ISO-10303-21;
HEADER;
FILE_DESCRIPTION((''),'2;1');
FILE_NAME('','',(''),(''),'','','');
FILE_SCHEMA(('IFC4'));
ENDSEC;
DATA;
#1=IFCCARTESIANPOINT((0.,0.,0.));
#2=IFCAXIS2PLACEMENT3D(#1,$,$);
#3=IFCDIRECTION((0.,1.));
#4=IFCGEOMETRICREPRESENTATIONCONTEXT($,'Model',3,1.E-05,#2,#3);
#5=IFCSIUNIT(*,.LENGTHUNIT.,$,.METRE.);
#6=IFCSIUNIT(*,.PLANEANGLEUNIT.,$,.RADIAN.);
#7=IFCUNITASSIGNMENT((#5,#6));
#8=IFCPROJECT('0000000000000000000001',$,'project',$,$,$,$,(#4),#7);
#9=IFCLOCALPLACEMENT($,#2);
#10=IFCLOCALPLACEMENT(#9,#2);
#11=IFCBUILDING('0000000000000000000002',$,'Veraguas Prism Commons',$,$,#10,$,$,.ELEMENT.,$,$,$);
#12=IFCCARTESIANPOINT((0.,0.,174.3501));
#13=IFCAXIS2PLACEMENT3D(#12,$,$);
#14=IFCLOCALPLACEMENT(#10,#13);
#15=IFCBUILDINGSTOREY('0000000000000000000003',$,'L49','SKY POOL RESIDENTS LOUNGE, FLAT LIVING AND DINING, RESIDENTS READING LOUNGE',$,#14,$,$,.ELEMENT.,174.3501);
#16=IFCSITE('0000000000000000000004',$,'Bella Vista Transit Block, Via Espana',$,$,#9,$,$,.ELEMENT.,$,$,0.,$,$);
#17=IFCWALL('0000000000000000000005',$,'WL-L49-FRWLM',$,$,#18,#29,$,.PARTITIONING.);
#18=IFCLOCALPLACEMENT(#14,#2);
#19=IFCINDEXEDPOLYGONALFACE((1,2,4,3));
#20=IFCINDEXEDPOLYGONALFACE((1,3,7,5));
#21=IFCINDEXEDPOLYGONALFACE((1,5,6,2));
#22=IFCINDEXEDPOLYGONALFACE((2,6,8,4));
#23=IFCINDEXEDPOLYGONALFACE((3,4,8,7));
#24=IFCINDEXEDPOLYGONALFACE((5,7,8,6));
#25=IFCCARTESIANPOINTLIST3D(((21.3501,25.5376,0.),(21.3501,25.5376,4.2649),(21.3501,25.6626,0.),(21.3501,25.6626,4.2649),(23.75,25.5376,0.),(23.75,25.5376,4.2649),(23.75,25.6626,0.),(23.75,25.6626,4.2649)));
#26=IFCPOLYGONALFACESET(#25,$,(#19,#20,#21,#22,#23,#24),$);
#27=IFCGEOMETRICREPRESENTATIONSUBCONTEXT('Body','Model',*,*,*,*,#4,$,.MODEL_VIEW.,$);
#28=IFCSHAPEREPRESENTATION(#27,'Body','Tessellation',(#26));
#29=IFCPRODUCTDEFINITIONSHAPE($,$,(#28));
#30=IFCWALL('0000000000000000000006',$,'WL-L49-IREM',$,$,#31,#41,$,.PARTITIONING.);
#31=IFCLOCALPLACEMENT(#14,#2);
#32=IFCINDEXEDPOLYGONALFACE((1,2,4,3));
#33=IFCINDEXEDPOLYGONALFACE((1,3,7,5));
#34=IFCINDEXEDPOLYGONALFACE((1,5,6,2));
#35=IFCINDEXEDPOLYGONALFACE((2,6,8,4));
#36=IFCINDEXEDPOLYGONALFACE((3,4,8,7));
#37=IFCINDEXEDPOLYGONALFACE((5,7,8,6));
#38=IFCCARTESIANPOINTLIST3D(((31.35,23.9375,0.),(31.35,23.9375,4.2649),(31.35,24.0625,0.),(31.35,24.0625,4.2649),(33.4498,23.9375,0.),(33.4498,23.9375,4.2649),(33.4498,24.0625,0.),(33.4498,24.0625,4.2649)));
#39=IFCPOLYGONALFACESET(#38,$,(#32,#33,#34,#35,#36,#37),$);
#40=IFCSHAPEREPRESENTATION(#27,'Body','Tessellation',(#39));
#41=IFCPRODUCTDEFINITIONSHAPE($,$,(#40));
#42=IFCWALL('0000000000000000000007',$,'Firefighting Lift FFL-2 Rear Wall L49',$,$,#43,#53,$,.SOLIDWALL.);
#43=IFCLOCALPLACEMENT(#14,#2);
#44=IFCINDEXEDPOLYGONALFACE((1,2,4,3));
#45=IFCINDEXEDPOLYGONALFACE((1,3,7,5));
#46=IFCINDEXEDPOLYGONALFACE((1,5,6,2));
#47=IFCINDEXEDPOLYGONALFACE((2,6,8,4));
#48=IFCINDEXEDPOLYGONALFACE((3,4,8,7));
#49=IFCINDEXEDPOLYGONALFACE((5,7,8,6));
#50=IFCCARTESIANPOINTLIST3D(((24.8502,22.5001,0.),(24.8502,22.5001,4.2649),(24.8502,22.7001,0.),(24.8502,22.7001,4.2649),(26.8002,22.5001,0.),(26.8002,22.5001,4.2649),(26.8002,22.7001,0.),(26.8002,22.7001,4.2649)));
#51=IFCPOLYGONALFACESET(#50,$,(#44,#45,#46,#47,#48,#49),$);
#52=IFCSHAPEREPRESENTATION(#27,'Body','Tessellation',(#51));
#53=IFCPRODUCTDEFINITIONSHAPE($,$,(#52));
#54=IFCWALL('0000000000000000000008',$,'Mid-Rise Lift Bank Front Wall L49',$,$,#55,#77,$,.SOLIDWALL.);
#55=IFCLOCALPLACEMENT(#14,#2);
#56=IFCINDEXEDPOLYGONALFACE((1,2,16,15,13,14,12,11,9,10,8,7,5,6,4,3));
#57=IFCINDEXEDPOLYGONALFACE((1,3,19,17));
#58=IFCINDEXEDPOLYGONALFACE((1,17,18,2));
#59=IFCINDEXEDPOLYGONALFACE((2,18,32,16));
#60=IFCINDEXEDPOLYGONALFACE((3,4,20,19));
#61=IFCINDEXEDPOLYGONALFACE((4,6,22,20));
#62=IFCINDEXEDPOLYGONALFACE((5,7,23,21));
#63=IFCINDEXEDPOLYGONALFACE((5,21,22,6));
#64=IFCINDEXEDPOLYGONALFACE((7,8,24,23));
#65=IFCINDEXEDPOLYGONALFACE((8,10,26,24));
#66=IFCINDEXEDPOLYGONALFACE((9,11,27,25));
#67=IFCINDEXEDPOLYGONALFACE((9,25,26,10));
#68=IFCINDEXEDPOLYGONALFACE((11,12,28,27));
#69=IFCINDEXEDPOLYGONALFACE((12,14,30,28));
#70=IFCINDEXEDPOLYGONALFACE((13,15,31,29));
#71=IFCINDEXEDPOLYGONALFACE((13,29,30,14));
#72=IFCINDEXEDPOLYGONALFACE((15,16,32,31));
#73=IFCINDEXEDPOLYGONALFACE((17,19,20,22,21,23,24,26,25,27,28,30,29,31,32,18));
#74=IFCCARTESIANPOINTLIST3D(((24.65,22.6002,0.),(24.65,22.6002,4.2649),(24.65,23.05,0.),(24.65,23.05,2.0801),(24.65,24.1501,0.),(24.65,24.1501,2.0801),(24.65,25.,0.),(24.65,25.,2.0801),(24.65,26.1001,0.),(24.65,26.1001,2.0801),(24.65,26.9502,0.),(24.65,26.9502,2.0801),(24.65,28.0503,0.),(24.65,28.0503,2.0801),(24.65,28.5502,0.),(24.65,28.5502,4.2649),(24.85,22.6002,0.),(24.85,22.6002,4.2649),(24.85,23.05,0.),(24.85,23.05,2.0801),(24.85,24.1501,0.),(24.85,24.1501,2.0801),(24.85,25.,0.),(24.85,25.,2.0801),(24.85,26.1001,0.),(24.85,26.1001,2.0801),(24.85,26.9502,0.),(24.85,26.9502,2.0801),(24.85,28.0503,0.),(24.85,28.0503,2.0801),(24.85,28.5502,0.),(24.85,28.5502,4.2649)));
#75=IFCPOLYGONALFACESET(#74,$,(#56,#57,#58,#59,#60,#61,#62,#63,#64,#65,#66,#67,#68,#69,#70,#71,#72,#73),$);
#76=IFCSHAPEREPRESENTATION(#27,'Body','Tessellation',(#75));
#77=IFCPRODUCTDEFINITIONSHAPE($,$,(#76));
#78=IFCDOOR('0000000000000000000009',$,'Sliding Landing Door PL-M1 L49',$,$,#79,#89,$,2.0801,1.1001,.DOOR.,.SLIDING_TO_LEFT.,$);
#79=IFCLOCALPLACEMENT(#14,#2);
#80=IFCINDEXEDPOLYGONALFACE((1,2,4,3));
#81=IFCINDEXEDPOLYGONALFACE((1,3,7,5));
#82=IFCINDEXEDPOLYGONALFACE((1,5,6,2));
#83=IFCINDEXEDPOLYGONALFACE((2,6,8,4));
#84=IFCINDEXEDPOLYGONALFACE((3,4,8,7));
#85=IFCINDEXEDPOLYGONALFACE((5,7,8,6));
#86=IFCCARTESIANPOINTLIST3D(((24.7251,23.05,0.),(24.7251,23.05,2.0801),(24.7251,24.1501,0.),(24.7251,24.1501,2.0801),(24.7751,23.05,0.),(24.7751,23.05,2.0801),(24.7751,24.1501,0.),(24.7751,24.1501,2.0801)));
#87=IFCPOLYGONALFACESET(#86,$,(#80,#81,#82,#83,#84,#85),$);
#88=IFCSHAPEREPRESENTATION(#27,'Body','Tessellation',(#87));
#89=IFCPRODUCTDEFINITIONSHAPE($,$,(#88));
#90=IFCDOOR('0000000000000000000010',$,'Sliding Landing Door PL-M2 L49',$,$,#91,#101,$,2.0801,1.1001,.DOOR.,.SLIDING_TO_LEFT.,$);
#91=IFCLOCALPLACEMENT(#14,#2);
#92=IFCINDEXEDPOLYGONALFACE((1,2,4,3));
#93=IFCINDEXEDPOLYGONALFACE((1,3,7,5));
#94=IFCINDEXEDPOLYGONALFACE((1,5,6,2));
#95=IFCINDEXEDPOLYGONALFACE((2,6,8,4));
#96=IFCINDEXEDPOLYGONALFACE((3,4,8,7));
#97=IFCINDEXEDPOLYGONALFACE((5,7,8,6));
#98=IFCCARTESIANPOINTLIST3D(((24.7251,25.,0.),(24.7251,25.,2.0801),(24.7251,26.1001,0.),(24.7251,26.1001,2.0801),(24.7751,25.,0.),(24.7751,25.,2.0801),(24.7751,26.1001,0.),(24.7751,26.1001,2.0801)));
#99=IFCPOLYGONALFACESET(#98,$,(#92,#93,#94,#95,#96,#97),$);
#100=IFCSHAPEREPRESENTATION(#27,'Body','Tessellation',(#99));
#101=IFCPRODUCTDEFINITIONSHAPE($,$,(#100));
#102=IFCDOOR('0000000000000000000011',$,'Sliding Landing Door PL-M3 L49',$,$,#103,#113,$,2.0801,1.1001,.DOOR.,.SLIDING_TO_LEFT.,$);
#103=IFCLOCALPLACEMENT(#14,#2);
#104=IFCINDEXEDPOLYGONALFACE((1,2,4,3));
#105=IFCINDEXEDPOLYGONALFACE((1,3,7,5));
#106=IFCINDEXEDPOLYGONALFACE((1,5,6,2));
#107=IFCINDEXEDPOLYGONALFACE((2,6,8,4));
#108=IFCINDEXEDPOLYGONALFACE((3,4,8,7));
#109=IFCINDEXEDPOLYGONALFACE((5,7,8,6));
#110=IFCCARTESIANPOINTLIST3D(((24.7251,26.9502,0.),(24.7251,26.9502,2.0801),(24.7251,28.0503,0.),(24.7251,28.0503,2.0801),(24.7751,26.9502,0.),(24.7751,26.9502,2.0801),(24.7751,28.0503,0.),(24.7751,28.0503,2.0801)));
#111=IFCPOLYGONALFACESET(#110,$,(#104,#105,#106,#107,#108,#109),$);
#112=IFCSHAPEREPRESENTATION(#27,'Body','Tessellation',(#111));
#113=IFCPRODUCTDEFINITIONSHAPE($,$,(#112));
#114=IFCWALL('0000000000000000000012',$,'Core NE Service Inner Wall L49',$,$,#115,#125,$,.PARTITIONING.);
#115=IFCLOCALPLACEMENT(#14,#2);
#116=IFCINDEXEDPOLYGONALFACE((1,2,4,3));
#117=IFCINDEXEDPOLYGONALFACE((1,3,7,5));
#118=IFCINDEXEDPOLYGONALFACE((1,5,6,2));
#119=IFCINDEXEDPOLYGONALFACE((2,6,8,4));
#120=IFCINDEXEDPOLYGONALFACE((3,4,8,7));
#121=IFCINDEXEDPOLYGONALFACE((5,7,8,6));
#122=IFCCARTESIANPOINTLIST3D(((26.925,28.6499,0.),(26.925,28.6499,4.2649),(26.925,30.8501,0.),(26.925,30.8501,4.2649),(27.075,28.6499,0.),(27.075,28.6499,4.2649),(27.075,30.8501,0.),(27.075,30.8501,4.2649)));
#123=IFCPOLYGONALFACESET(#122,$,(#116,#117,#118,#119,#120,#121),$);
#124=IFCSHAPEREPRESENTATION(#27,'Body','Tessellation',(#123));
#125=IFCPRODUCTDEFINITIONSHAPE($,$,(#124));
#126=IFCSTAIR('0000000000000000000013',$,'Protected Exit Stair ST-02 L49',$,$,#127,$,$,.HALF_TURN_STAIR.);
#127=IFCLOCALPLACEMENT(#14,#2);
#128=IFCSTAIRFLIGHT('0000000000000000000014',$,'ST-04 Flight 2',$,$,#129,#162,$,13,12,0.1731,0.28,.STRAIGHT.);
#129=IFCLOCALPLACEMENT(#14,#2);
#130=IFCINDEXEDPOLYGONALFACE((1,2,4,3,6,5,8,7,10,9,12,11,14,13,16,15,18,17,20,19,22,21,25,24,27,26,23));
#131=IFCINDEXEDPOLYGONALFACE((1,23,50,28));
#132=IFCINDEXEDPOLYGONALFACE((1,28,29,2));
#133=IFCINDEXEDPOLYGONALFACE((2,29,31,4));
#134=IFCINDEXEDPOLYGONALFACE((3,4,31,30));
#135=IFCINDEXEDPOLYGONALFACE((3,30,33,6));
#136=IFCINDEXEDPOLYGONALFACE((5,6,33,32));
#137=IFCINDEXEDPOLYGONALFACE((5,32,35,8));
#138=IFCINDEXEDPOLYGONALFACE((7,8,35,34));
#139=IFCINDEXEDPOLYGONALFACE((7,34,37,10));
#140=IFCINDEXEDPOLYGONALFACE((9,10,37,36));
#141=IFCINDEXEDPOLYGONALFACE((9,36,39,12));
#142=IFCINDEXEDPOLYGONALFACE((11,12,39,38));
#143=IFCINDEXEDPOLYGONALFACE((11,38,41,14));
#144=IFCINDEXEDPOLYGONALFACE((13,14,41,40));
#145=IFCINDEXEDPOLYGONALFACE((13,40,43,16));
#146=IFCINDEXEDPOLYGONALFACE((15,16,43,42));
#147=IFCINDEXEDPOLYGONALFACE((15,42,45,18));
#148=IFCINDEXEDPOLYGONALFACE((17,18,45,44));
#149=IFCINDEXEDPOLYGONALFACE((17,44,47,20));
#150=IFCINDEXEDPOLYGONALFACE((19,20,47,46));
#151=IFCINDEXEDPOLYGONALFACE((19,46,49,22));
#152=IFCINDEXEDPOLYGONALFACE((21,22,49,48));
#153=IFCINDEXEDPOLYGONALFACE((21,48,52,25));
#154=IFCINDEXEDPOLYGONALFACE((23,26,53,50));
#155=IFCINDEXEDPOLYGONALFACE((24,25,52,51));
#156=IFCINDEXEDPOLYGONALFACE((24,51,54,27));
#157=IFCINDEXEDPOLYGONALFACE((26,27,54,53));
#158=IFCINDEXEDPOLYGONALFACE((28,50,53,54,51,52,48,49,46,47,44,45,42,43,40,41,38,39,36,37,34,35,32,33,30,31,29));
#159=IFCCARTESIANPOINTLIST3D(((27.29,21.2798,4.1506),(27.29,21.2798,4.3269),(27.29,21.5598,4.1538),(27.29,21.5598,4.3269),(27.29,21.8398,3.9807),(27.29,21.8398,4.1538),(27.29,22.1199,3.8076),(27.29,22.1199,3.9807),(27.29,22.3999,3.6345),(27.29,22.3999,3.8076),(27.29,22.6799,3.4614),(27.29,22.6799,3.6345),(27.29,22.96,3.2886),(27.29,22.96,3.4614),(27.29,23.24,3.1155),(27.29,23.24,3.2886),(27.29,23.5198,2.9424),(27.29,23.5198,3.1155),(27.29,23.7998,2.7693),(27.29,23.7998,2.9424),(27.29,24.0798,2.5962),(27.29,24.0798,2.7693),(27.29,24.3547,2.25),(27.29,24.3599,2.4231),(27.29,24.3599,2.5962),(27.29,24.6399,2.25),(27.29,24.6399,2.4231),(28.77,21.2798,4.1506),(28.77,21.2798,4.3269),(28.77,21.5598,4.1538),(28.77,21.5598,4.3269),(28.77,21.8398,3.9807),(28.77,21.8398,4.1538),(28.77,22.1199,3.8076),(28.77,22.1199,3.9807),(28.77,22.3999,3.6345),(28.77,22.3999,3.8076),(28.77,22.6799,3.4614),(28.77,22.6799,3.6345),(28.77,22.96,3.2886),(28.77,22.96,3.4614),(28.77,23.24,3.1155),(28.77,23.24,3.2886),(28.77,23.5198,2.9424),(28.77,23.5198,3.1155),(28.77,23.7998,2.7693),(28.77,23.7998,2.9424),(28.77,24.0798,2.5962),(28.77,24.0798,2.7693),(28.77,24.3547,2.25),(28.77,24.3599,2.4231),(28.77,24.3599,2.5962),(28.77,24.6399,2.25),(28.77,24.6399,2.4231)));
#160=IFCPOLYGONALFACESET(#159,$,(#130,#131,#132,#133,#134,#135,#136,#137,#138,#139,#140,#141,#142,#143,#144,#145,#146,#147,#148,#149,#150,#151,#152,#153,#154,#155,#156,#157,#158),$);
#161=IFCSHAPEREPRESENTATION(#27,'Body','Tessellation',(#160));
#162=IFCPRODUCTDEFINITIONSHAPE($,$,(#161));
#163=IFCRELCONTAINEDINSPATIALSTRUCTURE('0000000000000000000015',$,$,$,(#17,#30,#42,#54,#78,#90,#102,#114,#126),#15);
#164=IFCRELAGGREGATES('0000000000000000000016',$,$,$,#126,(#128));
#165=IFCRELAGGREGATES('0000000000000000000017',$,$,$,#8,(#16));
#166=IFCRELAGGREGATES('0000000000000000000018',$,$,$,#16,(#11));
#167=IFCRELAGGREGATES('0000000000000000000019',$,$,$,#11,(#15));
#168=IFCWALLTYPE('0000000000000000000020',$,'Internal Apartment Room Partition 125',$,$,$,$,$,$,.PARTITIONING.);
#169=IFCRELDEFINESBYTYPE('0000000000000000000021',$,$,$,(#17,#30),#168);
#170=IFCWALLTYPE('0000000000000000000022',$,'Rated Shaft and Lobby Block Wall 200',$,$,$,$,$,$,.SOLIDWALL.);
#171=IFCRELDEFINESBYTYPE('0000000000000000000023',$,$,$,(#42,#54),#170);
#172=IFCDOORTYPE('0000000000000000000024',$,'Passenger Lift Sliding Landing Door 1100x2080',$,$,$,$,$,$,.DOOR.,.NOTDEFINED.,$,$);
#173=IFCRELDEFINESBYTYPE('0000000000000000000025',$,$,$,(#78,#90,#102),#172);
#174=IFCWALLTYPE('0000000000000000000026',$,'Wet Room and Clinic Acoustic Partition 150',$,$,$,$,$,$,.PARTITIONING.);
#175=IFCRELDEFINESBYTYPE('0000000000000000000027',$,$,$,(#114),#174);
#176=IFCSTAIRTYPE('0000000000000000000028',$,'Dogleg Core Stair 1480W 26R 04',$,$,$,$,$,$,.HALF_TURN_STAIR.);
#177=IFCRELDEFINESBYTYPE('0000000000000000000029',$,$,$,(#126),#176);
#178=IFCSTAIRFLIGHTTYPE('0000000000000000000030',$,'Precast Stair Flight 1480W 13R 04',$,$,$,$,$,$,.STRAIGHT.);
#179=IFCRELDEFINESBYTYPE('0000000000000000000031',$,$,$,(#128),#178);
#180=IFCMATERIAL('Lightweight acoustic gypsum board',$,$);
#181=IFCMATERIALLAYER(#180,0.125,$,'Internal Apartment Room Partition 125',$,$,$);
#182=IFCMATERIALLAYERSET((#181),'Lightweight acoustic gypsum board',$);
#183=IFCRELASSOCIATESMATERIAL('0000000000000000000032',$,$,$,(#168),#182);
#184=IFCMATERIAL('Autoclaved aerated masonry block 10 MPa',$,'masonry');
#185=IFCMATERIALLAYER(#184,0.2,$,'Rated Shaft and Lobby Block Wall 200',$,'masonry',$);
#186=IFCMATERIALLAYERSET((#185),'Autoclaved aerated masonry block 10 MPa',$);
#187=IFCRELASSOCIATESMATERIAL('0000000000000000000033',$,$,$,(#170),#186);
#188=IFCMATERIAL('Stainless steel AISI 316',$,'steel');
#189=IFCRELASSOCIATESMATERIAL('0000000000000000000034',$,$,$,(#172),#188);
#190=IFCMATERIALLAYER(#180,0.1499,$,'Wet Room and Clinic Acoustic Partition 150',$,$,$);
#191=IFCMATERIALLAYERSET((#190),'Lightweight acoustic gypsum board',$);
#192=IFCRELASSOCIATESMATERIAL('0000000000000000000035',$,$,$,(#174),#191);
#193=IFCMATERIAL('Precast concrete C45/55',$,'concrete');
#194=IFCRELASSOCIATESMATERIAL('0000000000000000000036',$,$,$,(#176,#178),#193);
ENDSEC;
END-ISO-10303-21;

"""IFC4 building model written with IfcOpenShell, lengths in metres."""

from ifc_helpers import new_model, si_unit, direction, frame, frame_2d, origin, place, context, subcontext, project, spatial, polyline, rectangle, outline, extrude, source, transform, mapped, material, layer, layer_set, type_object, element, fill, aggregate, save


model = new_model("IFC4")

# Units and contexts
model_context = context("Model", 3, precision=1e-05, world=origin(), true_north=direction((0.0, 1.0)))
body_context = subcontext(model_context, "Body", "Model", "MODEL_VIEW")
ifc_project = project(units=[si_unit("LENGTHUNIT", "METRE"), si_unit("PLANEANGLEUNIT", "RADIAN")], contexts=[model_context])

# Site, building, storey
site_placement = place(None, origin())
site = spatial("IfcSite", under=ifc_project, at=site_placement, Name="Bella Vista Transit Block, Via Espana", CompositionType="ELEMENT", RefElevation=0.0)
building_placement = place(site_placement, origin())
building = spatial("IfcBuilding", under=site, at=building_placement, Name="Veraguas Prism Commons", CompositionType="ELEMENT")
storey_placement = place(building_placement, frame((0.0, 0.0, 174.3501)))
storey = spatial("IfcBuildingStorey", under=building, at=storey_placement, Name="L49", Description="SKY POOL RESIDENTS LOUNGE, FLAT LIVING AND DINING, RESIDENTS READING LOUNGE", CompositionType="ELEMENT", Elevation=174.3501)

# Shared definitions
ifc_material_1 = material(Name="Autoclaved aerated masonry block 10 MPa", Category="masonry")

# Walls
ifc_material_2 = material(Name="Lightweight acoustic gypsum board")
ifc_layer_1 = layer(ifc_material_2, 0.125, Name="Internal Apartment Room Partition 125")
ifc_layer_set_1 = layer_set([ifc_layer_1], Name="Lightweight acoustic gypsum board")
wall_type_1 = type_object("IfcWallType", Name="Internal Apartment Room Partition 125", PredefinedType="PARTITIONING", material=ifc_layer_set_1)
wall_1_placement = place(storey_placement, frame((21.3501, 25.6001, 0.0), z_axis=(0.0, 0.0, 1.0), x_axis=(1.0, 0.0, 0.0)))
element("IfcWall", 1, at=wall_1_placement, inside=storey, type_object=wall_type_1, Name="WL-L49-FRWLM", PredefinedType="PARTITIONING", context=body_context, shape_type="SweptSolid", body=[
    extrude(rectangle(XDim=2.3999, YDim=0.125, at=frame_2d((1.2, 0.0))), origin(), (0.0, 0.0, 1.0), 4.2649),
])
wall_2_placement = place(storey_placement, frame((31.3501, 24.0, 0.0), z_axis=(0.0, 0.0, 1.0), x_axis=(1.0, 0.0, 0.0)))
element("IfcWall", 2, at=wall_2_placement, inside=storey, type_object=wall_type_1, Name="WL-L49-IREM", PredefinedType="PARTITIONING", context=body_context, shape_type="SweptSolid", body=[
    extrude(rectangle(XDim=2.0999, YDim=0.125, at=frame_2d((1.0498, 0.0))), origin(), (0.0, 0.0, 1.0), 4.2649),
])
ifc_layer_2 = layer(ifc_material_1, 0.2, Name="Rated Shaft and Lobby Block Wall 200", Category="masonry")
ifc_layer_set_2 = layer_set([ifc_layer_2], Name="Autoclaved aerated masonry block 10 MPa")
wall_type_2 = type_object("IfcWallType", Name="Rated Shaft and Lobby Block Wall 200", PredefinedType="SOLIDWALL", material=ifc_layer_set_2)
wall_3_placement = place(storey_placement, frame((24.8501, 22.6001, 0.0), z_axis=(0.0, 0.0, 1.0), x_axis=(1.0, 0.0, 0.0)))
element("IfcWall", 3, at=wall_3_placement, inside=storey, type_object=wall_type_2, Name="Firefighting Lift FFL-2 Rear Wall L49", PredefinedType="SOLIDWALL", context=body_context, shape_type="SweptSolid", body=[
    extrude(rectangle(XDim=1.95, YDim=0.2, at=frame_2d((0.9751, 0.0))), origin(), (0.0, 0.0, 1.0), 4.2649),
])

# Wall, openings, doors
wall_4_placement = place(storey_placement, frame((24.75, 22.6001, 0.0), z_axis=(0.0, 0.0, 1.0), x_axis=(0.0, 1.0, 0.0)))
wall_4 = element("IfcWall", 4, at=wall_4_placement, inside=storey, type_object=wall_type_2, Name="Mid-Rise Lift Bank Front Wall L49", PredefinedType="SOLIDWALL", context=body_context, shape_type="SweptSolid", body=[
    extrude(rectangle(XDim=5.95, YDim=0.2, at=frame_2d((2.9751, 0.0))), origin(), (0.0, 0.0, 1.0), 4.2649),
])
opening_1_placement = place(wall_4_placement, frame((0.45, 0.0, 0.0)))
opening_1 = element("IfcOpeningElement", 5, at=opening_1_placement, cuts=wall_4, PredefinedType="OPENING", context=body_context, shape_type="SweptSolid", body=[
    extrude(rectangle(XDim=1.1001, YDim=2.0801, at=frame_2d((0.55, 1.04))), frame((0.0, 0.1099, 0.0), z_axis=(0.0, -1.0, 0.0), x_axis=(1.0, 0.0, 0.0)), (0.0, 0.0, 1.0), 0.22),
])
opening_2_placement = place(wall_4_placement, frame((2.3999, 0.0, 0.0)))
opening_2 = element("IfcOpeningElement", 6, at=opening_2_placement, cuts=wall_4, PredefinedType="OPENING", context=body_context, shape_type="SweptSolid", body=[
    extrude(rectangle(XDim=1.1001, YDim=2.0801, at=frame_2d((0.55, 1.04))), frame((0.0, 0.1099, 0.0), z_axis=(0.0, -1.0, 0.0), x_axis=(1.0, 0.0, 0.0)), (0.0, 0.0, 1.0), 0.22),
])
opening_3_placement = place(wall_4_placement, frame((4.3501, 0.0, 0.0)))
opening_3 = element("IfcOpeningElement", 7, at=opening_3_placement, cuts=wall_4, PredefinedType="OPENING", context=body_context, shape_type="SweptSolid", body=[
    extrude(rectangle(XDim=1.1001, YDim=2.0801, at=frame_2d((0.55, 1.04))), frame((0.0, 0.1099, 0.0), z_axis=(0.0, -1.0, 0.0), x_axis=(1.0, 0.0, 0.0)), (0.0, 0.0, 1.0), 0.22),
])
ifc_material_3 = material(Name="Stainless steel AISI 316", Category="steel")
door_type_1 = type_object("IfcDoorType", Name="Passenger Lift Sliding Landing Door 1100x2080", OperationType="NOTDEFINED", PredefinedType="DOOR", material=ifc_material_3)
shared_shape_1 = source(origin(), body_context, "Body", "SweptSolid", [
    extrude(rectangle(XDim=1.1001, YDim=2.0801, at=frame_2d((0.55, 1.04))), frame((0.0, 0.0249, 0.0), z_axis=(0.0, -1.0, 0.0), x_axis=(1.0, 0.0, 0.0)), (0.0, 0.0, 1.0), 0.05),
])
door_1_placement = place(opening_1_placement, origin())
door_1 = element("IfcDoor", 8, at=door_1_placement, inside=storey, type_object=door_type_1, Name="Sliding Landing Door PL-M1 L49", OperationType="SLIDING_TO_LEFT", OverallHeight=2.0801, OverallWidth=1.1001, PredefinedType="DOOR", context=body_context, shape_type="MappedRepresentation", body=[
    mapped(shared_shape_1, transform((0.0, 0.0, 0.0), scale=1.0)),
])
fill(opening_1, door_1)
door_2_placement = place(opening_2_placement, origin())
door_2 = element("IfcDoor", 9, at=door_2_placement, inside=storey, type_object=door_type_1, Name="Sliding Landing Door PL-M2 L49", OperationType="SLIDING_TO_LEFT", OverallHeight=2.0801, OverallWidth=1.1001, PredefinedType="DOOR", context=body_context, shape_type="MappedRepresentation", body=[
    mapped(shared_shape_1, transform((0.0, 0.0, 0.0), scale=1.0)),
])
fill(opening_2, door_2)
door_3_placement = place(opening_3_placement, origin())
door_3 = element("IfcDoor", 10, at=door_3_placement, inside=storey, type_object=door_type_1, Name="Sliding Landing Door PL-M3 L49", OperationType="SLIDING_TO_LEFT", OverallHeight=2.0801, OverallWidth=1.1001, PredefinedType="DOOR", context=body_context, shape_type="MappedRepresentation", body=[
    mapped(shared_shape_1, transform((0.0, 0.0, 0.0), scale=1.0)),
])
fill(opening_3, door_3)

# Wall
ifc_layer_3 = layer(ifc_material_2, 0.1499, Name="Wet Room and Clinic Acoustic Partition 150")
ifc_layer_set_3 = layer_set([ifc_layer_3], Name="Lightweight acoustic gypsum board")
wall_type_3 = type_object("IfcWallType", Name="Wet Room and Clinic Acoustic Partition 150", PredefinedType="PARTITIONING", material=ifc_layer_set_3)
wall_5_placement = place(storey_placement, frame((27.0, 28.6499, 0.0), z_axis=(0.0, 0.0, 1.0), x_axis=(0.0, 1.0, 0.0)))
element("IfcWall", 11, at=wall_5_placement, inside=storey, type_object=wall_type_3, Name="Core NE Service Inner Wall L49", PredefinedType="PARTITIONING", context=body_context, shape_type="SweptSolid", body=[
    extrude(rectangle(XDim=2.2002, YDim=0.1499, at=frame_2d((1.1001, 0.0))), origin(), (0.0, 0.0, 1.0), 4.2649),
])

# Stair, stair flight
ifc_material_4 = material(Name="Precast concrete C45/55", Category="concrete")
stair_type = type_object("IfcStairType", Name="Dogleg Core Stair 1480W 26R 04", PredefinedType="HALF_TURN_STAIR", material=ifc_material_4)
stair_placement = place(storey_placement, origin())
stair = element("IfcStair", 12, at=stair_placement, inside=storey, type_object=stair_type, Name="Protected Exit Stair ST-02 L49", PredefinedType="HALF_TURN_STAIR")
stair_flight_type = type_object("IfcStairFlightType", Name="Precast Stair Flight 1480W 13R 04", PredefinedType="STRAIGHT", material=ifc_material_4)
stair_flight_placement = place(storey_placement, frame((28.03, 24.6399, 2.25), z_axis=(0.0, 0.0, 1.0), x_axis=(0.0, -1.0, 0.0)))
stair_flight = element("IfcStairFlight", 13, at=stair_flight_placement, type_object=stair_flight_type, Name="ST-04 Flight 2", NumberOfRisers=13, NumberOfTreads=12, PredefinedType="STRAIGHT", RiserHeight=0.1731, TreadLength=0.28, context=body_context, shape_type="SweptSolid", body=[
    extrude(outline(polyline([(0.0, 0.0), (0.0, 0.1731), (0.28, 0.1731), (0.28, 0.3462), (0.5601, 0.3462), (0.5601, 0.5193), (0.8401, 0.5193), (0.8401, 0.6924), (1.1201, 0.6924), (1.1201, 0.8655), (1.3999, 0.8655), (1.3999, 1.0386), (1.6799, 1.0386), (1.6799, 1.2114), (1.96, 1.2114), (1.96, 1.3845), (2.24, 1.3845), (2.24, 1.5576), (2.52, 1.5576), (2.52, 1.7307), (2.8, 1.7307), (2.8, 1.9038), (3.0801, 1.9038), (3.0801, 2.0769), (3.3601, 2.0769), (3.3601, 2.25), (3.3601, 1.9006), (0.2852, 0.0), (0.0, 0.0)])), frame((0.0, 0.74, 0.0), z_axis=(0.0, -1.0, 0.0), x_axis=(1.0, 0.0, 0.0)), (0.0, 0.0, 1.0), 1.48),
])
aggregate(stair, [stair_flight])

save(model, "model.ifc")
